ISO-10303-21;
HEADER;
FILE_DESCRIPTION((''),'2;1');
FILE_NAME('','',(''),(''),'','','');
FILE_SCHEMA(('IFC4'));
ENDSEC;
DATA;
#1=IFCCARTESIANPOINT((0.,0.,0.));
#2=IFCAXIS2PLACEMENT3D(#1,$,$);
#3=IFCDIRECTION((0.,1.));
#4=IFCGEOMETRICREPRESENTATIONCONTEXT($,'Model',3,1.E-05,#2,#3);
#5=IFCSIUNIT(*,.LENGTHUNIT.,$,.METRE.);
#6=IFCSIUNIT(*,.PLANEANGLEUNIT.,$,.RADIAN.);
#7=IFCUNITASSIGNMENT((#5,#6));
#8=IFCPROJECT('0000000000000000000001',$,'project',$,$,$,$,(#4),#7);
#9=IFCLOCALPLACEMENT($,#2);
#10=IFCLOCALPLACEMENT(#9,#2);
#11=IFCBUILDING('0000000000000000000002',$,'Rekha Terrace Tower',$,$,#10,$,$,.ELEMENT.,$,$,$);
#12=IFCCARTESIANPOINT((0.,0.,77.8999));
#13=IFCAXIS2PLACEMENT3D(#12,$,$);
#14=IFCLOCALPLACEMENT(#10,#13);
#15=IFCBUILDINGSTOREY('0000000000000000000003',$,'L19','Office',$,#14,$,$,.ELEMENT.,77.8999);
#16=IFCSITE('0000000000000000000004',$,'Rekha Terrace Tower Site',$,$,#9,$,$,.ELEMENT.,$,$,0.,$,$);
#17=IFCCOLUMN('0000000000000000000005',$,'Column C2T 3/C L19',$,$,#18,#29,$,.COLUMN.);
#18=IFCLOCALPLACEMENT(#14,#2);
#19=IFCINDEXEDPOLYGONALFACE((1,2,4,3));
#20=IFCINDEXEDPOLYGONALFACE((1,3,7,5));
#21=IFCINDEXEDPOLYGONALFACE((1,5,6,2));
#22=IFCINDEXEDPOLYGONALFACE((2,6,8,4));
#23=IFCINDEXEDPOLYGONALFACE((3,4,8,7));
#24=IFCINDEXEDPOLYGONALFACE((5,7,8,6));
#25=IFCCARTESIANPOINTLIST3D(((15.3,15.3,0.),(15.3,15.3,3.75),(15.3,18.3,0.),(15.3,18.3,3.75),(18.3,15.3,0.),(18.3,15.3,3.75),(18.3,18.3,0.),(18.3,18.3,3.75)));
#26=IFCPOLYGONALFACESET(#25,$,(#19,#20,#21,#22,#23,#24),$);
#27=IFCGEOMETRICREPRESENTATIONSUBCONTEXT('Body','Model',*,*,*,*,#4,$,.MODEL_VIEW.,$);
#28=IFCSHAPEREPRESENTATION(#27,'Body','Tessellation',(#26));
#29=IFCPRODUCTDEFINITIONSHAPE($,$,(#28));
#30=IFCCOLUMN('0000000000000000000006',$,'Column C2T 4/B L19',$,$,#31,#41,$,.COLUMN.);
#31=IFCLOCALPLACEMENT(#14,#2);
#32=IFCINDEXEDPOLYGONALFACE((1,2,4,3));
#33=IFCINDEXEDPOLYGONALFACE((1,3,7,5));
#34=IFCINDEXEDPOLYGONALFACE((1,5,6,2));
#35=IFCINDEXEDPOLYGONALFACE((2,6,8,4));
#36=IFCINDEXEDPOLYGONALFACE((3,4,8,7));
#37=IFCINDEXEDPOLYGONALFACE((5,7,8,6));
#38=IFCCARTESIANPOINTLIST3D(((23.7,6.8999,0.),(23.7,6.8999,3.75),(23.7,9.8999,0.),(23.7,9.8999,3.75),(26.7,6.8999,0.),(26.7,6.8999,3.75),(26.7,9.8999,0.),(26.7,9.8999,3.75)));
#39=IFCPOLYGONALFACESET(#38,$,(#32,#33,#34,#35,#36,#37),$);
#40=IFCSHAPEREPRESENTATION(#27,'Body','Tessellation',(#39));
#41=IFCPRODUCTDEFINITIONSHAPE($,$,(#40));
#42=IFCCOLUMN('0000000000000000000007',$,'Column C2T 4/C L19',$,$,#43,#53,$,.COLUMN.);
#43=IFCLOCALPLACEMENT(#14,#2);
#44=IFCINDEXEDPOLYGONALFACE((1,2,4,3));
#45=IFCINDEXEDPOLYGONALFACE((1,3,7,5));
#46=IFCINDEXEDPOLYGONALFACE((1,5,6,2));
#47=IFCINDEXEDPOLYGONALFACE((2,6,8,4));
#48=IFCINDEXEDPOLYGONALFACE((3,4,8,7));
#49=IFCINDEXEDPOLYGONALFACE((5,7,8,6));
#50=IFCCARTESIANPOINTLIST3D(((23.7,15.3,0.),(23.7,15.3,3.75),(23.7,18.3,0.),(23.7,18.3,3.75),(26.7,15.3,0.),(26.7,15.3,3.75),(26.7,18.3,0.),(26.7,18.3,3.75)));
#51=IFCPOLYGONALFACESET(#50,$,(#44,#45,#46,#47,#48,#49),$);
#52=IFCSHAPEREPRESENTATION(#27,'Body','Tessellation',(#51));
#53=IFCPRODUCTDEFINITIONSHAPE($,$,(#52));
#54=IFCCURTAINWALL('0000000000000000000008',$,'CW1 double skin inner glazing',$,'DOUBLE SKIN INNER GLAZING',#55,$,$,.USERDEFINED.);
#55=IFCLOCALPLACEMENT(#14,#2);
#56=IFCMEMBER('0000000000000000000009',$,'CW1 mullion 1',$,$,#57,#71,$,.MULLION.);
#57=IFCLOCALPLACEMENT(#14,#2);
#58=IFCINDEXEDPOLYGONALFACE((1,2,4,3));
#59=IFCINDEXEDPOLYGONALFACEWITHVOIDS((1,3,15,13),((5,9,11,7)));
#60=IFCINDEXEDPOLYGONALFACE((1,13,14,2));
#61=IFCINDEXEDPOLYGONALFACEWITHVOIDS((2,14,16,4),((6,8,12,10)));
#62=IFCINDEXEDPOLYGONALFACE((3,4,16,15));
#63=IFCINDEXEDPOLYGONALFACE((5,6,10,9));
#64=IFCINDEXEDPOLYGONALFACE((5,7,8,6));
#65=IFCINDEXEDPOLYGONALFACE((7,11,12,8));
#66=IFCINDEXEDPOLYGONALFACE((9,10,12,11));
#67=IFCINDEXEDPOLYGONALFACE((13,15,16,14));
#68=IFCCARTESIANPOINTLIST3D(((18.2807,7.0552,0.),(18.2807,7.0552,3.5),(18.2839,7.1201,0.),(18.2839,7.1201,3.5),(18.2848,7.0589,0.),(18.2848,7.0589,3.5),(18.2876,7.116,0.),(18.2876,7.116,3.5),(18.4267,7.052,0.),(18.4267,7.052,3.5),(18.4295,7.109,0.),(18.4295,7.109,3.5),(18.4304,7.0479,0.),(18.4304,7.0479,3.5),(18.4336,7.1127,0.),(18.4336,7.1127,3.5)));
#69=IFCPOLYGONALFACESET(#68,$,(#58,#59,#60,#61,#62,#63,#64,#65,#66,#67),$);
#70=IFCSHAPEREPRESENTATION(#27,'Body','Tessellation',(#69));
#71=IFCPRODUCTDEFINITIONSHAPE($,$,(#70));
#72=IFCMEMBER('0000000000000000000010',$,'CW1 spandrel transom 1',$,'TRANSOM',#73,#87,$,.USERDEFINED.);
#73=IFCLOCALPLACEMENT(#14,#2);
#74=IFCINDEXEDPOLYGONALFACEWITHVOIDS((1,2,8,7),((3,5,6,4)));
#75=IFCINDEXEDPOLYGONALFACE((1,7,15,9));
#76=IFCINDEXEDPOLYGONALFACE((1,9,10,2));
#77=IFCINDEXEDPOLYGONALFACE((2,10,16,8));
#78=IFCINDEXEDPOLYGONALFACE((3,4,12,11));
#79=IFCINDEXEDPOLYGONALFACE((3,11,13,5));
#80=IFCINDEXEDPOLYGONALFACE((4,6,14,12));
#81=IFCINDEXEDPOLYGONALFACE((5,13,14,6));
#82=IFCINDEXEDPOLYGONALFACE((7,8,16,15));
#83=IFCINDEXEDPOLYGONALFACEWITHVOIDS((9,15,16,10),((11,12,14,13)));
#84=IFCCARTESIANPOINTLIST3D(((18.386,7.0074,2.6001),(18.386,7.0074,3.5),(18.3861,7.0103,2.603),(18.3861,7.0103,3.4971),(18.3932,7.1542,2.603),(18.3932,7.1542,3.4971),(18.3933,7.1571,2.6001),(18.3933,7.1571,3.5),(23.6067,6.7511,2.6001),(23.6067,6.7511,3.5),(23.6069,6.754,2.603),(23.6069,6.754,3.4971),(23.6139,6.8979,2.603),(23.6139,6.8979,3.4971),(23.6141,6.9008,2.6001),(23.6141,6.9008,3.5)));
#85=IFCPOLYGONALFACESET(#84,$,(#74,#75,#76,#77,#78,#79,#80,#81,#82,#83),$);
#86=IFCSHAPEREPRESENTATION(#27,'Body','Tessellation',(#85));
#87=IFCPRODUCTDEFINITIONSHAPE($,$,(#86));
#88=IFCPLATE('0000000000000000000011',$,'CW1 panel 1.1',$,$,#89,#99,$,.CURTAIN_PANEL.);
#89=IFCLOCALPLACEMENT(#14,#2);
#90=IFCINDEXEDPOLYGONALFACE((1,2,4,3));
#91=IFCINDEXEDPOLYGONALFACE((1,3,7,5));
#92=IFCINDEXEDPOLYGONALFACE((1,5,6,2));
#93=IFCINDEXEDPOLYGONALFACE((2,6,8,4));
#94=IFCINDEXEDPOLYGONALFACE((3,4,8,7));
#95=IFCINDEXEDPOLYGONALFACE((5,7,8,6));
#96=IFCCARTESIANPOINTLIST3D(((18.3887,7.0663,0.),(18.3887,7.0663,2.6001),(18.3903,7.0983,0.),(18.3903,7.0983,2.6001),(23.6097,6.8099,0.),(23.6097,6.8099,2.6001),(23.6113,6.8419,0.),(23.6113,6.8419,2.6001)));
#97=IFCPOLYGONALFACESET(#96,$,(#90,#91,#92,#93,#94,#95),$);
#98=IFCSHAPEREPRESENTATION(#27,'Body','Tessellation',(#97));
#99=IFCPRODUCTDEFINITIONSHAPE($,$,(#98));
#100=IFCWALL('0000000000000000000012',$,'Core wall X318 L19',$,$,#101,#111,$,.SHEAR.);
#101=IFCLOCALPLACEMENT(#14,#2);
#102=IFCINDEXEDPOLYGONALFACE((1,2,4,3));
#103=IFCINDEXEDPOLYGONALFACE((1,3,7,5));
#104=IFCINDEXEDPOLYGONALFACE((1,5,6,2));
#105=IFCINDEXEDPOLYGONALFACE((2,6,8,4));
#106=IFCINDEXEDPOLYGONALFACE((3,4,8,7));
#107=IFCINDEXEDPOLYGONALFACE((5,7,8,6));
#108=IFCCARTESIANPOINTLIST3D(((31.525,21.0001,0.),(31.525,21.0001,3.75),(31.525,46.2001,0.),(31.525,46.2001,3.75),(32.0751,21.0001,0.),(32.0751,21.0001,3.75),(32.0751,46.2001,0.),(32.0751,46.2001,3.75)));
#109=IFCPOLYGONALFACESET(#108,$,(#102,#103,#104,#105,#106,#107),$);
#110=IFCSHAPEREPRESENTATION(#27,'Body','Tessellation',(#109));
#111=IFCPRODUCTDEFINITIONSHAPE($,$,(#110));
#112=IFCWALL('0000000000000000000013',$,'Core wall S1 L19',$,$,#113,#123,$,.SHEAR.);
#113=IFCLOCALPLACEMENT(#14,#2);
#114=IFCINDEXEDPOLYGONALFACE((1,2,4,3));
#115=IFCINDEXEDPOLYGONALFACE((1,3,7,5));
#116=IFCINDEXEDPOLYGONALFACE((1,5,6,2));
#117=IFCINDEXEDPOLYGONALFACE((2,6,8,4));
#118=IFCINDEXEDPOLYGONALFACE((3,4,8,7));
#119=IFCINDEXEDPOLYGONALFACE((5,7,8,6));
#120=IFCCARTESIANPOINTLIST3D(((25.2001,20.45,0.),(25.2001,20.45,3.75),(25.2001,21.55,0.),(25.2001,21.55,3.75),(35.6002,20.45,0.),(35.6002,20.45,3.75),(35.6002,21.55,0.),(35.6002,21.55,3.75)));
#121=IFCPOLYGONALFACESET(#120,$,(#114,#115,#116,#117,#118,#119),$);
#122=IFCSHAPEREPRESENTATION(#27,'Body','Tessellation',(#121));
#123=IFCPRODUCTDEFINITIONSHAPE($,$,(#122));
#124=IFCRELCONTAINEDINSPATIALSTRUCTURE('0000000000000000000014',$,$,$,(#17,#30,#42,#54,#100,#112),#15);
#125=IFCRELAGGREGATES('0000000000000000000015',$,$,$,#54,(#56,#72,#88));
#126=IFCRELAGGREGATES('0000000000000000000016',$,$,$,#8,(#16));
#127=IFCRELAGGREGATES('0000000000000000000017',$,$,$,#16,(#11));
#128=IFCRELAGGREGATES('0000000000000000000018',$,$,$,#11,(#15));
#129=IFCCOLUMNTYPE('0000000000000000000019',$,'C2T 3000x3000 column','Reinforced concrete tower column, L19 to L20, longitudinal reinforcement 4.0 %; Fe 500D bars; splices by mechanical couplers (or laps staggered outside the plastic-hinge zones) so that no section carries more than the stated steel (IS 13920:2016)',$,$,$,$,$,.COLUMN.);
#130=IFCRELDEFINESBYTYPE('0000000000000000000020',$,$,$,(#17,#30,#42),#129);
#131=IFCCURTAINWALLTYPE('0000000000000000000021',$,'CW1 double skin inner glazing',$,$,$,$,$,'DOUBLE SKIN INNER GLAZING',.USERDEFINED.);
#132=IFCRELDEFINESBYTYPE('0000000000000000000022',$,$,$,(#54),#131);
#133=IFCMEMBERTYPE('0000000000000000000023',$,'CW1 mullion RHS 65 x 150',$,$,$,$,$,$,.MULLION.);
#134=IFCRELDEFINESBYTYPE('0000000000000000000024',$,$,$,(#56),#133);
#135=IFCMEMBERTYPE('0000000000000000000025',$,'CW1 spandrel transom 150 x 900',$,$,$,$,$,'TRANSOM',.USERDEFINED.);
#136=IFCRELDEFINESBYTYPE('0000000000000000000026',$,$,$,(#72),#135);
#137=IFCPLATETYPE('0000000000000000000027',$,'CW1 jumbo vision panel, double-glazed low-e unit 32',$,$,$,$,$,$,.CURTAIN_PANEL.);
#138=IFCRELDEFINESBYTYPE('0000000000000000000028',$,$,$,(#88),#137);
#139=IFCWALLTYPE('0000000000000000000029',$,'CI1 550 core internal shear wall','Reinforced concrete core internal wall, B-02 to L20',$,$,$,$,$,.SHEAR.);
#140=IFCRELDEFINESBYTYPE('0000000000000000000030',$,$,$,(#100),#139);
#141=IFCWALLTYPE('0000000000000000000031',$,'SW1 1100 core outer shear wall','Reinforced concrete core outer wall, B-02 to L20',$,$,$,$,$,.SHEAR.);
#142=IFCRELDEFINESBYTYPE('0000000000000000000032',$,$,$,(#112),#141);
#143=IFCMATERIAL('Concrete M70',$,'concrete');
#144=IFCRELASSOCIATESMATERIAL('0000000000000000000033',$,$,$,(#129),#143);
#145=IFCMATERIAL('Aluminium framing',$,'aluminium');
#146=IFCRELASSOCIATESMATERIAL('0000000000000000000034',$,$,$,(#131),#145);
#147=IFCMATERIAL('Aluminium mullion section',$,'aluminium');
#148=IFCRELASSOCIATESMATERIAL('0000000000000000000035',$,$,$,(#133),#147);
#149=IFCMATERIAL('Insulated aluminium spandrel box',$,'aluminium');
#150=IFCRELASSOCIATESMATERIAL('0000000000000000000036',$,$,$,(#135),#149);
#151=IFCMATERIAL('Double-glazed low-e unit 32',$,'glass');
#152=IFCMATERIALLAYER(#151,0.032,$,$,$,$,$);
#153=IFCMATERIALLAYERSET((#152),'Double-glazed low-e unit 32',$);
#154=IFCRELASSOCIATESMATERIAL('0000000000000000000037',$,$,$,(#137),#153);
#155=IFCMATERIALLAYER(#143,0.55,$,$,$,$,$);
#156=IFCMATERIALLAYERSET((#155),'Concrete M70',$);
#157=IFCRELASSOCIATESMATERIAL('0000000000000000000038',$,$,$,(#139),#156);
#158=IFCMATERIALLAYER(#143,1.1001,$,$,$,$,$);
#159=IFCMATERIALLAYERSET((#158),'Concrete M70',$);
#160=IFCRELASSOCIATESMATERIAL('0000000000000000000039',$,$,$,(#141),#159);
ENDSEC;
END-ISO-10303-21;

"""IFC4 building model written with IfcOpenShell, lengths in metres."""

from ifc_helpers import new_model, si_unit, direction, frame, frame_2d, origin, origin_2d, place, context, subcontext, project, spatial, rectangle, hollow_rectangle, extrude, material, layer, layer_set, material_profile, profile_set, type_object, element, aggregate, save


model = new_model("IFC4")

# Units and contexts
model_context = context("Model", 3, precision=1e-05, world=origin(), true_north=direction((0.0, 1.0)))
body_context = subcontext(model_context, "Body", "Model", "MODEL_VIEW")
ifc_project = project(units=[si_unit("LENGTHUNIT", "METRE"), si_unit("PLANEANGLEUNIT", "RADIAN")], contexts=[model_context])

# Site, building, storey
site_placement = place(None, origin())
site = spatial("IfcSite", under=ifc_project, at=site_placement, Name="Rekha Terrace Tower Site", CompositionType="ELEMENT", RefElevation=0.0)
building_placement = place(site_placement, origin())
building = spatial("IfcBuilding", under=site, at=building_placement, Name="Rekha Terrace Tower", CompositionType="ELEMENT")
storey_placement = place(building_placement, frame((0.0, 0.0, 77.8999)))
storey = spatial("IfcBuildingStorey", under=building, at=storey_placement, Name="L19", Description="Office", CompositionType="ELEMENT", Elevation=77.8999)

# Columns
ifc_material_1 = material(Name="Concrete M70", Category="concrete")
ifc_material_profile_1 = material_profile(ifc_material_1, rectangle(XDim=3.0, YDim=3.0, at=origin_2d()), Name="RC 3000x3000")
ifc_profile_set_1 = profile_set([ifc_material_profile_1], Name="Concrete M70")
column_type = type_object("IfcColumnType", Name="C2T 3000x3000 column", Description="Reinforced concrete tower column, L19 to L20, longitudinal reinforcement 4.0 %; Fe 500D bars; splices by mechanical couplers (or laps staggered outside the plastic-hinge zones) so that no section carries more than the stated steel (IS 13920:2016)", PredefinedType="COLUMN", material=ifc_profile_set_1)
for number, where, z_axis, x_axis, name in (
    (1, (16.8, 16.8, 0.0), (0.0, 0.0, 1.0), (1.0, 0.0, 0.0), "Column C2T 3/C L19"),
    (2, (25.2, 8.3999, 0.0), (0.0, 0.0, 1.0), (1.0, 0.0, 0.0), "Column C2T 4/B L19"),
    (3, (25.2, 16.8, 0.0), (0.0, 0.0, 1.0), (1.0, 0.0, 0.0), "Column C2T 4/C L19"),
):
    element("IfcColumn", number, at=place(storey_placement, frame(where, z_axis=z_axis, x_axis=x_axis)), inside=storey, type_object=column_type, Name=name, PredefinedType="COLUMN", context=body_context, shape_type="SweptSolid", body=[
        extrude(rectangle(XDim=3.0, YDim=3.0, at=origin_2d()), origin(), (0.0, 0.0, 1.0), 3.75),
    ])

# Curtain wall, members, plate
ifc_material_2 = material(Name="Aluminium framing", Category="aluminium")
curtain_wall_type = type_object("IfcCurtainWallType", Name="CW1 double skin inner glazing", ElementType="DOUBLE SKIN INNER GLAZING", PredefinedType="USERDEFINED", material=ifc_material_2)
curtain_wall_placement = place(storey_placement, origin())
curtain_wall = element("IfcCurtainWall", 4, at=curtain_wall_placement, inside=storey, type_object=curtain_wall_type, Name="CW1 double skin inner glazing", ObjectType="DOUBLE SKIN INNER GLAZING", PredefinedType="USERDEFINED")
ifc_material_3 = material(Name="Aluminium mullion section", Category="aluminium")
ifc_material_profile_2 = material_profile(ifc_material_3, hollow_rectangle(XDim=0.0649, YDim=0.1499, WallThickness=0.0039, at=origin_2d()), Name="AL RHS 65x150")
ifc_profile_set_2 = profile_set([ifc_material_profile_2], Name="Aluminium mullion section")
member_type_1 = type_object("IfcMemberType", Name="CW1 mullion RHS 65 x 150", PredefinedType="MULLION", material=ifc_profile_set_2)
member_1_placement = place(storey_placement, frame((18.3572, 7.084, 0.0), z_axis=(0.0, 0.0, 1.0), x_axis=(0.049052, 0.998796, 0.0)))
member_1 = element("IfcMember", 5, at=member_1_placement, type_object=member_type_1, Name="CW1 mullion 1", PredefinedType="MULLION", context=body_context, shape_type="SweptSolid", body=[
    extrude(hollow_rectangle(XDim=0.0649, YDim=0.1499, WallThickness=0.0039, at=origin_2d()), origin(), (0.0, 0.0, 1.0), 3.5),
])
ifc_material_4 = material(Name="Insulated aluminium spandrel box", Category="aluminium")
ifc_material_profile_3 = material_profile(ifc_material_4, hollow_rectangle(XDim=0.1499, YDim=0.8999, WallThickness=0.0029, at=origin_2d()), Name="AL SPANDREL BOX 150x900")
ifc_profile_set_3 = profile_set([ifc_material_profile_3], Name="Insulated aluminium spandrel box")
member_type_2 = type_object("IfcMemberType", Name="CW1 spandrel transom 150 x 900", ElementType="TRANSOM", PredefinedType="USERDEFINED", material=ifc_profile_set_3)
member_2_placement = place(storey_placement, frame((18.3896, 7.0823, 3.05), z_axis=(0.998797, -0.049043, 0.0), x_axis=(0.049043, 0.998797, 0.0)))
member_2 = element("IfcMember", 6, at=member_2_placement, type_object=member_type_2, Name="CW1 spandrel transom 1", ObjectType="TRANSOM", PredefinedType="USERDEFINED", context=body_context, shape_type="SweptSolid", body=[
    extrude(hollow_rectangle(XDim=0.1499, YDim=0.8999, WallThickness=0.0029, at=origin_2d()), origin(), (0.0, 0.0, 1.0), 5.2271),
])
ifc_material_5 = material(Name="Double-glazed low-e unit 32", Category="glass")
ifc_layer_1 = layer(ifc_material_5, 0.032)
ifc_layer_set_1 = layer_set([ifc_layer_1], Name="Double-glazed low-e unit 32")
plate_type = type_object("IfcPlateType", Name="CW1 jumbo vision panel, double-glazed low-e unit 32", PredefinedType="CURTAIN_PANEL", material=ifc_layer_set_1)
plate_placement = place(storey_placement, frame((21.0, 6.9541, 0.0), z_axis=(0.0, 0.0, 1.0), x_axis=(0.998796, -0.049052, 0.0)))
plate = element("IfcPlate", 7, at=plate_placement, type_object=plate_type, Name="CW1 panel 1.1", PredefinedType="CURTAIN_PANEL", context=body_context, shape_type="SweptSolid", body=[
    extrude(rectangle(XDim=5.2273, YDim=0.032, at=origin_2d()), origin(), (0.0, 0.0, 1.0), 2.6001),
])
aggregate(curtain_wall, [member_1, member_2, plate])

# Walls
ifc_layer_2 = layer(ifc_material_1, 0.55)
ifc_layer_set_2 = layer_set([ifc_layer_2], Name="Concrete M70")
wall_type_1 = type_object("IfcWallType", Name="CI1 550 core internal shear wall", Description="Reinforced concrete core internal wall, B-02 to L20", PredefinedType="SHEAR", material=ifc_layer_set_2)
wall_1_placement = place(storey_placement, frame((31.8, 21.0, 0.0), z_axis=(0.0, 0.0, 1.0), x_axis=(0.0, 1.0, 0.0)))
element("IfcWall", 8, at=wall_1_placement, inside=storey, type_object=wall_type_1, Name="Core wall X318 L19", PredefinedType="SHEAR", context=body_context, shape_type="SweptSolid", body=[
    extrude(rectangle(XDim=25.2, YDim=0.55, at=frame_2d((12.6001, 0.0))), origin(), (0.0, 0.0, 1.0), 3.75),
])
ifc_layer_3 = layer(ifc_material_1, 1.1001)
ifc_layer_set_3 = layer_set([ifc_layer_3], Name="Concrete M70")
wall_type_2 = type_object("IfcWallType", Name="SW1 1100 core outer shear wall", Description="Reinforced concrete core outer wall, B-02 to L20", PredefinedType="SHEAR", material=ifc_layer_set_3)
wall_2_placement = place(storey_placement, frame((25.2, 21.0, 0.0), z_axis=(0.0, 0.0, 1.0), x_axis=(1.0, 0.0, 0.0)))
element("IfcWall", 9, at=wall_2_placement, inside=storey, type_object=wall_type_2, Name="Core wall S1 L19", PredefinedType="SHEAR", context=body_context, shape_type="SweptSolid", body=[
    extrude(rectangle(XDim=10.4001, YDim=1.1001, at=frame_2d((5.2002, 0.0))), origin(), (0.0, 0.0, 1.0), 3.75),
])

save(model, "model.ifc")
